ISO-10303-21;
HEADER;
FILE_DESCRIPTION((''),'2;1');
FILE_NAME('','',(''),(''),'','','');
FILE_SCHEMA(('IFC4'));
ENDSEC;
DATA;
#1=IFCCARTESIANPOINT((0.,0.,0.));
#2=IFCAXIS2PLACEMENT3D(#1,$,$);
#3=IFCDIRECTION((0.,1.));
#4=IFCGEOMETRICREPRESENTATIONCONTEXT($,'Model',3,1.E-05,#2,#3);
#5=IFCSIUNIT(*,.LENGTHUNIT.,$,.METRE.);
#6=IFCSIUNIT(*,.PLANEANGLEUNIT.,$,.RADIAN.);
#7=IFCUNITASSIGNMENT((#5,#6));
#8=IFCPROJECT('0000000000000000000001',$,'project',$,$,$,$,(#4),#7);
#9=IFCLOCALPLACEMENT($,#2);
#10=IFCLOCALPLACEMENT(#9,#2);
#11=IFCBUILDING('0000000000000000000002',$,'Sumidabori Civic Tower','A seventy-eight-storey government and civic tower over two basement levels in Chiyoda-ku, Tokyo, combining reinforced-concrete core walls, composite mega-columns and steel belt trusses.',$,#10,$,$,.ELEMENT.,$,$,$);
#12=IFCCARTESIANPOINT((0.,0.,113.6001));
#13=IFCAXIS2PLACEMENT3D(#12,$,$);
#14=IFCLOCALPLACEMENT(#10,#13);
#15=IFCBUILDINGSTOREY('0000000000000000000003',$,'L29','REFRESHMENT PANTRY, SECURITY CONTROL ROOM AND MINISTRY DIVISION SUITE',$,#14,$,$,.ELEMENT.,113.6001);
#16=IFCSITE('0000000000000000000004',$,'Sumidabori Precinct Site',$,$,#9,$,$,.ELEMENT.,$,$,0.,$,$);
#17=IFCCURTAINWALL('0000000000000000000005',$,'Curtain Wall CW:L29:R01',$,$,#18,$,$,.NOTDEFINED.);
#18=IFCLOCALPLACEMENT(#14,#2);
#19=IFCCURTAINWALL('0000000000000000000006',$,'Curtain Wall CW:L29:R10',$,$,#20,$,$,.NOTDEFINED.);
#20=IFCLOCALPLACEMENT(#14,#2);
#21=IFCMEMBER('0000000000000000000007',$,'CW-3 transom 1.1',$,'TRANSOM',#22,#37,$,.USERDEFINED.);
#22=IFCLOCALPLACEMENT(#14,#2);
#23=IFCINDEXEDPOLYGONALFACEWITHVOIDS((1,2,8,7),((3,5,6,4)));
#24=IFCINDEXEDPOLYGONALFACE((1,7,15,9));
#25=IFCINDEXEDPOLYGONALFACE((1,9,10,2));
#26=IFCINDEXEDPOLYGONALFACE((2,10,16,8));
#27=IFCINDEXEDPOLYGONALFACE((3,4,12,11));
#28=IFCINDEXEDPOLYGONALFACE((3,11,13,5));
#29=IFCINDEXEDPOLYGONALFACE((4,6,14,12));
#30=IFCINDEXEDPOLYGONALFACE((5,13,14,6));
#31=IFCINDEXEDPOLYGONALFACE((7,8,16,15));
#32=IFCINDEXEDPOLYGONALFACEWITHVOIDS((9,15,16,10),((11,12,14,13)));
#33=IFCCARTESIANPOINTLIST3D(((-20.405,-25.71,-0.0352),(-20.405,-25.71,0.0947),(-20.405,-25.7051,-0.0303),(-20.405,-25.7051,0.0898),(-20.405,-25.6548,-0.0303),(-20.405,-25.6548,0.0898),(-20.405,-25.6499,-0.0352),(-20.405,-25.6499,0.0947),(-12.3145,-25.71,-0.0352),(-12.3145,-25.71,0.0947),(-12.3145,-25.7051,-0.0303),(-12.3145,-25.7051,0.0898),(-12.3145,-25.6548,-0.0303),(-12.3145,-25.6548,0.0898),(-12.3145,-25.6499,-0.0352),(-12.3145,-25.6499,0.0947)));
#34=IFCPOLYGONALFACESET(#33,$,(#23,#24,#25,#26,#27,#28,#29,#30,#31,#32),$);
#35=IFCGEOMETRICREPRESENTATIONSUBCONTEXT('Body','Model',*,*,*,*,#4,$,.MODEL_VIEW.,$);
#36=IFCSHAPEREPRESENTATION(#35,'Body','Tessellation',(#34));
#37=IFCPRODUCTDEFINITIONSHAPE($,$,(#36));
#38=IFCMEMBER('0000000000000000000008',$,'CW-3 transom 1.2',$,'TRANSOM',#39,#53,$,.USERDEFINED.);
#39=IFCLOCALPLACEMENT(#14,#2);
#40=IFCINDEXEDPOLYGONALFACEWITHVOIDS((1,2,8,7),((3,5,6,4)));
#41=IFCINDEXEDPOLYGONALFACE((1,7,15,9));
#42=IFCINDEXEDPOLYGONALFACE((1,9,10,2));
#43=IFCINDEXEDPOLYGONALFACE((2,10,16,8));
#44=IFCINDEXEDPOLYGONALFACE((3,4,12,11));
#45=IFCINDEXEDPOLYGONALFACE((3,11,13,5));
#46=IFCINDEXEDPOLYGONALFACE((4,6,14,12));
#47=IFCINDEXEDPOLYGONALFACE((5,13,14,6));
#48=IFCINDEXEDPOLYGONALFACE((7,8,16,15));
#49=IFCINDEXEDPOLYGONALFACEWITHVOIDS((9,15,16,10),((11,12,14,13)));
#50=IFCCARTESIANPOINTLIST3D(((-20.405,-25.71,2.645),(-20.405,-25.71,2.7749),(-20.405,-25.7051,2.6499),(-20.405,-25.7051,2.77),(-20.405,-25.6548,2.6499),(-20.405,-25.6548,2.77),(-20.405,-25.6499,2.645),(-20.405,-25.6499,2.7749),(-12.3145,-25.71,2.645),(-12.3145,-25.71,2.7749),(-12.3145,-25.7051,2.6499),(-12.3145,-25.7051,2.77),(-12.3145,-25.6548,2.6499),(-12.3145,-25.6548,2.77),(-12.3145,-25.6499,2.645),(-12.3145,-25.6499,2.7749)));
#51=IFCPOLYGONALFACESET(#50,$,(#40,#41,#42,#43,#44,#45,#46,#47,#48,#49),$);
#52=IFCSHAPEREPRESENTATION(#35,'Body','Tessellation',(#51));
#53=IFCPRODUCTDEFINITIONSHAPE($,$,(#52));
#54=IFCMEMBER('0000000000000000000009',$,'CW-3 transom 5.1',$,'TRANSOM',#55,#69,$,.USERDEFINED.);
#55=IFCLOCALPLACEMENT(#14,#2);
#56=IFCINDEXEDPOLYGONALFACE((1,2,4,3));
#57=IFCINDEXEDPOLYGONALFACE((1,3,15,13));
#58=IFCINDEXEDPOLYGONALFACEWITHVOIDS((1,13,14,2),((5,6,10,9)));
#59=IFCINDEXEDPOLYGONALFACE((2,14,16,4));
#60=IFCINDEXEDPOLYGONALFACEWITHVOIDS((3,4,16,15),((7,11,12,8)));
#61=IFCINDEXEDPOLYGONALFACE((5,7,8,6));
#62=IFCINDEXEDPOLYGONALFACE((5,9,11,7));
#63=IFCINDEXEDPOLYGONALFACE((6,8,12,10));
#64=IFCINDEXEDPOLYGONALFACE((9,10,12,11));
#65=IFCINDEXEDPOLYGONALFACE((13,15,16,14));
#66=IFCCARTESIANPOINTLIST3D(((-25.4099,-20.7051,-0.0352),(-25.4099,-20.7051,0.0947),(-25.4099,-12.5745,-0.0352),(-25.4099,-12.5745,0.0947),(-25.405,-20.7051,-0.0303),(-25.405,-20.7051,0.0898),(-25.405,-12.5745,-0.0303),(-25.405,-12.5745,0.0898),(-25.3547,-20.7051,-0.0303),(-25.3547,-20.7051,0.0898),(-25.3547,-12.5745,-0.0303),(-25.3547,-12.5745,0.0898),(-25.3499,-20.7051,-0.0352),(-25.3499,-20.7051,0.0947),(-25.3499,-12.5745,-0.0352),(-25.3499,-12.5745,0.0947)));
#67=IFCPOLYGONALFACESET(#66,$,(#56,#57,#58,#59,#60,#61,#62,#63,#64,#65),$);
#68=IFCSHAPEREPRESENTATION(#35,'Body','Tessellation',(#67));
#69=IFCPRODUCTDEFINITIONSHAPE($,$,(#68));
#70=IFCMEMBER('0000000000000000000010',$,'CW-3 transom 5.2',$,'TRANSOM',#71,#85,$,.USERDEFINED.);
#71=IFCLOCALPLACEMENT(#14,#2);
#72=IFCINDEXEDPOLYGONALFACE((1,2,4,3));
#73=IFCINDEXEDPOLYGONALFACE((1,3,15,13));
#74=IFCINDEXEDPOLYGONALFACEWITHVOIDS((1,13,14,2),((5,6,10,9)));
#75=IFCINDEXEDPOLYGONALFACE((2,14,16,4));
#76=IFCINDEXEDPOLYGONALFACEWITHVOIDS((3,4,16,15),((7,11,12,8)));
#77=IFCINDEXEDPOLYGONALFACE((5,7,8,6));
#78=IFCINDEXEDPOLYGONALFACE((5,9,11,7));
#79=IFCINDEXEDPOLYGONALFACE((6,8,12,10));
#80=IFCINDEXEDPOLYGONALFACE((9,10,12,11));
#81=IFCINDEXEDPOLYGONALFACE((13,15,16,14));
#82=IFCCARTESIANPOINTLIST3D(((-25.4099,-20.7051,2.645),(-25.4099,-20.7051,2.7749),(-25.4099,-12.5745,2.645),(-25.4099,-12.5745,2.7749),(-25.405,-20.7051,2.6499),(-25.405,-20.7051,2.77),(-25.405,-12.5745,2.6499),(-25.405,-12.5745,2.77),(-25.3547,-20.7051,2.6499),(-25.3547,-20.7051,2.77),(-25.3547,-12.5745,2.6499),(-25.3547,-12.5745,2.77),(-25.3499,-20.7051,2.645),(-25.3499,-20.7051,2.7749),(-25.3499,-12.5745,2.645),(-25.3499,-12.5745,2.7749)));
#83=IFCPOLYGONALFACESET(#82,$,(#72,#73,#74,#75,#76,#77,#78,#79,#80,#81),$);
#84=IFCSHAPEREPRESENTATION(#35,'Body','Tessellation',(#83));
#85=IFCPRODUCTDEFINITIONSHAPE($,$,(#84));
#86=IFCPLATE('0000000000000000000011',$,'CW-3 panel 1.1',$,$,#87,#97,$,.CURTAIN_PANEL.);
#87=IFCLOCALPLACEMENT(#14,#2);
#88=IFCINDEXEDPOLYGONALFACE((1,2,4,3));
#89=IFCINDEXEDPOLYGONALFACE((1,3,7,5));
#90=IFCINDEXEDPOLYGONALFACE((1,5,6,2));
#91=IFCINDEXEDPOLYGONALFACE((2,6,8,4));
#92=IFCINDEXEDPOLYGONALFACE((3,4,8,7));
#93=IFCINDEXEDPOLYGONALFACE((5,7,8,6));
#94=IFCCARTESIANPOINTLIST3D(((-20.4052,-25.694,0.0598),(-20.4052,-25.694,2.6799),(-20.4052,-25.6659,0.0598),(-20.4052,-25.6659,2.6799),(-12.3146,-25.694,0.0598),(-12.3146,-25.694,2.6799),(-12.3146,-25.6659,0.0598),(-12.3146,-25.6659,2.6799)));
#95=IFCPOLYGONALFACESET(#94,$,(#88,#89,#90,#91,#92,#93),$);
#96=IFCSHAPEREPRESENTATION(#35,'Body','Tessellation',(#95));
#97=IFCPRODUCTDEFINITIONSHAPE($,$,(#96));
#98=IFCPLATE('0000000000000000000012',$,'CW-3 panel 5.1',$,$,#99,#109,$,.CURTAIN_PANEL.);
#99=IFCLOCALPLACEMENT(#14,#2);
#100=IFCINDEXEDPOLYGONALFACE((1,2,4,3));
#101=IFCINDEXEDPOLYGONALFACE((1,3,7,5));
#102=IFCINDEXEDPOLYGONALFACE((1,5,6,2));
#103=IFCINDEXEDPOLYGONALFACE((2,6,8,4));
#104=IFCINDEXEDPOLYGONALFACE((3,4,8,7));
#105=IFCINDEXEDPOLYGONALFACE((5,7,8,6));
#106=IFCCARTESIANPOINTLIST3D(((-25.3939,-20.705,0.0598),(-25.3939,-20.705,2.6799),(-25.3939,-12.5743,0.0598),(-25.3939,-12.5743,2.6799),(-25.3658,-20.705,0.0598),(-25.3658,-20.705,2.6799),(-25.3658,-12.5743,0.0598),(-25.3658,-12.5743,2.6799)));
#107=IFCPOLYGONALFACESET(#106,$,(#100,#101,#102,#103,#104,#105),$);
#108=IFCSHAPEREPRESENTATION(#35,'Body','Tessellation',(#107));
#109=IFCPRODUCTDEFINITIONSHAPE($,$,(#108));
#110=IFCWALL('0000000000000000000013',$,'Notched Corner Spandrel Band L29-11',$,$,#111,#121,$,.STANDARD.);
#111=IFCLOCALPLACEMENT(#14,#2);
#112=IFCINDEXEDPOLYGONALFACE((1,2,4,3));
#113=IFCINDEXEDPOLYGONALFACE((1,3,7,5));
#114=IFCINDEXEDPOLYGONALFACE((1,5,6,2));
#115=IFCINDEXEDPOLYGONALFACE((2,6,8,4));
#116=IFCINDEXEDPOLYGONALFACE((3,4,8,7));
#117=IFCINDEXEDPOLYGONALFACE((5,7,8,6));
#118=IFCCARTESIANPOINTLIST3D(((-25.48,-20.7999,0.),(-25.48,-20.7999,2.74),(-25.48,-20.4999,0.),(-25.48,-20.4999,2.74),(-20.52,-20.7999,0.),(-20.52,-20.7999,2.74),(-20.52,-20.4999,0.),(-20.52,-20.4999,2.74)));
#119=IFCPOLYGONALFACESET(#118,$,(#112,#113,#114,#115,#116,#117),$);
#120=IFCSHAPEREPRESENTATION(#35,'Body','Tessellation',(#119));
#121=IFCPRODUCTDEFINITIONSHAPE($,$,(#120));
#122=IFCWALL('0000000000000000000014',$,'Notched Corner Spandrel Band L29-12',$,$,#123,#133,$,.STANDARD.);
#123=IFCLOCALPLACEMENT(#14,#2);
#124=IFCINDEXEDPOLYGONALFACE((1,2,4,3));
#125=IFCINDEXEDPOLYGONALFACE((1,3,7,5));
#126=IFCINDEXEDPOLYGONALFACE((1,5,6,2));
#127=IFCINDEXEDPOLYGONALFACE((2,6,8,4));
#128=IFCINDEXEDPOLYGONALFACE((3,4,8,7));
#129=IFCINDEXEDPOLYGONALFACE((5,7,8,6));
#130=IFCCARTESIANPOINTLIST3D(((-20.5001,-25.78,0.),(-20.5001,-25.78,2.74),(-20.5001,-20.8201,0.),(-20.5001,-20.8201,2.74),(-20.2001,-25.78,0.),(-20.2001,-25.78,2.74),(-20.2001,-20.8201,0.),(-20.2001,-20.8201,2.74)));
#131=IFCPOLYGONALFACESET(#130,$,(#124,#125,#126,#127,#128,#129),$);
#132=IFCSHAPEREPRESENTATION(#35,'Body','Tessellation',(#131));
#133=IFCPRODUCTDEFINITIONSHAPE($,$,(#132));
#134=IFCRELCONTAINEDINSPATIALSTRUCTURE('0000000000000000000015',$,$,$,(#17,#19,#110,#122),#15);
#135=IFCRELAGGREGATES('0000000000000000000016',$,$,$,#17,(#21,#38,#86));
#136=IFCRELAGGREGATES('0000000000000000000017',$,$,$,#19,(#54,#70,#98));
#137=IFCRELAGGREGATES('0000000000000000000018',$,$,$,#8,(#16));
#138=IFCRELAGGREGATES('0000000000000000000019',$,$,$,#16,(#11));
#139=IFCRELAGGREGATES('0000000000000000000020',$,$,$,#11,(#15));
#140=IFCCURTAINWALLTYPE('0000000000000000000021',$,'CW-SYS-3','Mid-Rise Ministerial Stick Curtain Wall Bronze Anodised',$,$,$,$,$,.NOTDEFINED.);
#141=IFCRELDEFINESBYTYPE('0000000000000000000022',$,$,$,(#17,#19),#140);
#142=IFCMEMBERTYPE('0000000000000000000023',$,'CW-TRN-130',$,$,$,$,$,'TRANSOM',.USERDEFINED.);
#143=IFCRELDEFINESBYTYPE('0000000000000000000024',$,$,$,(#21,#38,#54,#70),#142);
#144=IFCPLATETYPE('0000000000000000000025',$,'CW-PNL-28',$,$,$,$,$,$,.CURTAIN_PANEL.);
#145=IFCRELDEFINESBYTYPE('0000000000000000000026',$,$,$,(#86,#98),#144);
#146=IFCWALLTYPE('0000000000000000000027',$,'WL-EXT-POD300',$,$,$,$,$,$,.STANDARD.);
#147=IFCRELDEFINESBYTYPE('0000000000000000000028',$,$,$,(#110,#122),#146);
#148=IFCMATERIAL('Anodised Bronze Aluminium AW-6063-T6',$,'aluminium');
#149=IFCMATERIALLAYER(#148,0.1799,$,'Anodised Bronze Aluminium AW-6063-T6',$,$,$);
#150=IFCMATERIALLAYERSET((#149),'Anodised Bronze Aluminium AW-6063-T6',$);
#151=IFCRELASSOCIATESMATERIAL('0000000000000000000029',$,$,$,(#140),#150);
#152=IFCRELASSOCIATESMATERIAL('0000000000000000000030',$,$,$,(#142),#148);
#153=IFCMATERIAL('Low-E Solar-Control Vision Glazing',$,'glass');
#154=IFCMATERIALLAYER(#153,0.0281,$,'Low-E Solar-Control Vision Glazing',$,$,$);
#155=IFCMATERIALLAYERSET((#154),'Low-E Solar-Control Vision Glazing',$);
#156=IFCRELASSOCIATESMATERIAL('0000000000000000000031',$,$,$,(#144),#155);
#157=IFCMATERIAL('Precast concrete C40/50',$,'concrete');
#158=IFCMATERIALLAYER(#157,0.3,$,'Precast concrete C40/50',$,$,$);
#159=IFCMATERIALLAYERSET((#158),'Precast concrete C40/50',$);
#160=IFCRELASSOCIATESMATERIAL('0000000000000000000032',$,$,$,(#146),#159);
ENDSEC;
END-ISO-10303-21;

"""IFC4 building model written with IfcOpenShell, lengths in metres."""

from ifc_helpers import new_model, si_unit, direction, frame, frame_2d, origin, origin_2d, place, context, subcontext, project, spatial, rectangle, hollow_rectangle, extrude, source, transform, mapped, material, layer, layer_set, material_profile, profile_set, type_object, element, aggregate, save


model = new_model("IFC4")

# Units and contexts
model_context = context("Model", 3, precision=1e-05, world=origin(), true_north=direction((0.0, 1.0)))
body_context = subcontext(model_context, "Body", "Model", "MODEL_VIEW")
ifc_project = project(units=[si_unit("LENGTHUNIT", "METRE"), si_unit("PLANEANGLEUNIT", "RADIAN")], contexts=[model_context])

# Site, building, storey
site_placement = place(None, origin())
site = spatial("IfcSite", under=ifc_project, at=site_placement, Name="Sumidabori Precinct Site", CompositionType="ELEMENT", RefElevation=0.0)
building_placement = place(site_placement, origin())
building = spatial("IfcBuilding", under=site, at=building_placement, Name="Sumidabori Civic Tower", Description="A seventy-eight-storey government and civic tower over two basement levels in Chiyoda-ku, Tokyo, combining reinforced-concrete core walls, composite mega-columns and steel belt trusses.", CompositionType="ELEMENT")
storey_placement = place(building_placement, frame((0.0, 0.0, 113.6001)))
storey = spatial("IfcBuildingStorey", under=building, at=storey_placement, Name="L29", Description="REFRESHMENT PANTRY, SECURITY CONTROL ROOM AND MINISTRY DIVISION SUITE", CompositionType="ELEMENT", Elevation=113.6001)

# Curtain walls
ifc_material_1 = material(Name="Anodised Bronze Aluminium AW-6063-T6", Category="aluminium")
ifc_layer_1 = layer(ifc_material_1, 0.1799, Name="Anodised Bronze Aluminium AW-6063-T6")
ifc_layer_set_1 = layer_set([ifc_layer_1], Name="Anodised Bronze Aluminium AW-6063-T6")
curtain_wall_type = type_object("IfcCurtainWallType", Name="CW-SYS-3", Description="Mid-Rise Ministerial Stick Curtain Wall Bronze Anodised", PredefinedType="NOTDEFINED", material=ifc_layer_set_1)
curtain_wall_1_placement = place(storey_placement, origin())
curtain_wall_1 = element("IfcCurtainWall", 1, at=curtain_wall_1_placement, inside=storey, type_object=curtain_wall_type, Name="Curtain Wall CW:L29:R01", PredefinedType="NOTDEFINED")
curtain_wall_2_placement = place(storey_placement, origin())
curtain_wall_2 = element("IfcCurtainWall", 2, at=curtain_wall_2_placement, inside=storey, type_object=curtain_wall_type, Name="Curtain Wall CW:L29:R10", PredefinedType="NOTDEFINED")

# Members
ifc_material_profile_1 = material_profile(ifc_material_1, hollow_rectangle(XDim=0.0601, YDim=0.1299, WallThickness=0.0049, at=origin_2d()), Name="ALU TRANSOM 130x60")
ifc_profile_set_1 = profile_set([ifc_material_profile_1], Name="Anodised Bronze Aluminium AW-6063-T6")
member_type_1 = type_object("IfcMemberType", Name="CW-TRN-130", ElementType="TRANSOM", PredefinedType="USERDEFINED", material=ifc_profile_set_1)
shared_shape_1 = source(origin(), body_context, "Body", "SweptSolid", [
    extrude(hollow_rectangle(XDim=0.0601, YDim=0.1299, WallThickness=0.0049, at=origin_2d()), origin(), (0.0, 0.0, 1.0), 8.0906),
])
member_1_placement = place(storey_placement, frame((-20.405, -25.6799, 0.0298), z_axis=(1.0, 0.0, 0.0), x_axis=(0.0, 1.0, 0.0)))
member_1 = element("IfcMember", 3, at=member_1_placement, type_object=member_type_1, Name="CW-3 transom 1.1", ObjectType="TRANSOM", PredefinedType="USERDEFINED", context=body_context, shape_type="MappedRepresentation", body=[
    mapped(shared_shape_1, transform((0.0, 0.0, 0.0), x_axis=(1.0, 0.0, 0.0), y_axis=(0.0, 1.0, 0.0), z_axis=(0.0, 0.0, 1.0), scale=1.0)),
])
member_2_placement = place(storey_placement, frame((-20.405, -25.6799, 2.71), z_axis=(1.0, 0.0, 0.0), x_axis=(0.0, 1.0, 0.0)))
member_2 = element("IfcMember", 4, at=member_2_placement, type_object=member_type_1, Name="CW-3 transom 1.2", ObjectType="TRANSOM", PredefinedType="USERDEFINED", context=body_context, shape_type="MappedRepresentation", body=[
    mapped(shared_shape_1, transform((0.0, 0.0, 0.0), x_axis=(1.0, 0.0, 0.0), y_axis=(0.0, 1.0, 0.0), z_axis=(0.0, 0.0, 1.0), scale=1.0)),
])
shared_shape_2 = source(origin(), body_context, "Body", "SweptSolid", [
    extrude(hollow_rectangle(XDim=0.0601, YDim=0.1299, WallThickness=0.0049, at=origin_2d()), origin(), (0.0, 0.0, 1.0), 8.1306),
])
member_3_placement = place(storey_placement, frame((-25.3799, -12.5745, 0.0298), z_axis=(0.0, -1.0, 0.0), x_axis=(1.0, 0.0, 0.0)))
member_3 = element("IfcMember", 5, at=member_3_placement, type_object=member_type_1, Name="CW-3 transom 5.1", ObjectType="TRANSOM", PredefinedType="USERDEFINED", context=body_context, shape_type="MappedRepresentation", body=[
    mapped(shared_shape_2, transform((0.0, 0.0, 0.0), x_axis=(1.0, 0.0, 0.0), y_axis=(0.0, 1.0, 0.0), z_axis=(0.0, 0.0, 1.0), scale=1.0)),
])
member_4_placement = place(storey_placement, frame((-25.3799, -12.5745, 2.71), z_axis=(0.0, -1.0, 0.0), x_axis=(1.0, 0.0, 0.0)))
member_4 = element("IfcMember", 6, at=member_4_placement, type_object=member_type_1, Name="CW-3 transom 5.2", ObjectType="TRANSOM", PredefinedType="USERDEFINED", context=body_context, shape_type="MappedRepresentation", body=[
    mapped(shared_shape_2, transform((0.0, 0.0, 0.0), x_axis=(1.0, 0.0, 0.0), y_axis=(0.0, 1.0, 0.0), z_axis=(0.0, 0.0, 1.0), scale=1.0)),
])

# Plates
ifc_material_2 = material(Name="Low-E Solar-Control Vision Glazing", Category="glass")
ifc_layer_2 = layer(ifc_material_2, 0.0281, Name="Low-E Solar-Control Vision Glazing")
ifc_layer_set_2 = layer_set([ifc_layer_2], Name="Low-E Solar-Control Vision Glazing")
plate_type = type_object("IfcPlateType", Name="CW-PNL-28", PredefinedType="CURTAIN_PANEL", material=ifc_layer_set_2)
shared_shape_3 = source(origin(), body_context, "Body", "SweptSolid", [
    extrude(rectangle(XDim=8.0906, YDim=0.0281, at=origin_2d()), origin(), (0.0, 0.0, 1.0), 2.6201),
])
plate_1_placement = place(storey_placement, frame((-16.3599, -25.6799, 0.0598), z_axis=(0.0, 0.0, 1.0), x_axis=(1.0, 0.0, 0.0)))
plate_1 = element("IfcPlate", 7, at=plate_1_placement, type_object=plate_type, Name="CW-3 panel 1.1", PredefinedType="CURTAIN_PANEL", context=body_context, shape_type="MappedRepresentation", body=[
    mapped(shared_shape_3, transform((0.0, 0.0, 0.0), x_axis=(1.0, 0.0, 0.0), y_axis=(0.0, 1.0, 0.0), z_axis=(0.0, 0.0, 1.0), scale=1.0)),
])
aggregate(curtain_wall_1, [member_1, member_2, plate_1])
shared_shape_4 = source(origin(), body_context, "Body", "SweptSolid", [
    extrude(rectangle(XDim=8.1306, YDim=0.0281, at=origin_2d()), origin(), (0.0, 0.0, 1.0), 2.6201),
])
plate_2_placement = place(storey_placement, frame((-25.3799, -16.6396, 0.0598), z_axis=(0.0, 0.0, 1.0), x_axis=(0.0, -1.0, 0.0)))
plate_2 = element("IfcPlate", 8, at=plate_2_placement, type_object=plate_type, Name="CW-3 panel 5.1", PredefinedType="CURTAIN_PANEL", context=body_context, shape_type="MappedRepresentation", body=[
    mapped(shared_shape_4, transform((0.0, 0.0, 0.0), x_axis=(1.0, 0.0, 0.0), y_axis=(0.0, 1.0, 0.0), z_axis=(0.0, 0.0, 1.0), scale=1.0)),
])
aggregate(curtain_wall_2, [member_3, member_4, plate_2])

# Walls
ifc_material_3 = material(Name="Precast concrete C40/50", Category="concrete")
ifc_layer_3 = layer(ifc_material_3, 0.3, Name="Precast concrete C40/50")
ifc_layer_set_3 = layer_set([ifc_layer_3], Name="Precast concrete C40/50")
wall_type_1 = type_object("IfcWallType", Name="WL-EXT-POD300", PredefinedType="STANDARD", material=ifc_layer_set_3)
shared_shape_5 = source(origin(), body_context, "Body", "SweptSolid", [
    extrude(rectangle(XDim=4.96, YDim=0.3, at=frame_2d((2.48, 0.0))), origin(), (0.0, 0.0, 1.0), 2.74),
])
for number, where, z_axis, x_axis, name in (
    (9, (-25.48, -20.6499, 0.0), (0.0, 0.0, 1.0), (1.0, 0.0, 0.0), "Notched Corner Spandrel Band L29-11"),
    (10, (-20.3501, -20.8201, 0.0), (0.0, 0.0, 1.0), (0.0, -1.0, 0.0), "Notched Corner Spandrel Band L29-12"),
):
    element("IfcWall", number, at=place(storey_placement, frame(where, z_axis=z_axis, x_axis=x_axis)), inside=storey, type_object=wall_type_1, Name=name, PredefinedType="STANDARD", context=body_context, shape_type="MappedRepresentation", body=[
        mapped(shared_shape_5, transform((0.0, 0.0, 0.0), x_axis=(1.0, 0.0, 0.0), y_axis=(0.0, 1.0, 0.0), z_axis=(0.0, 0.0, 1.0), scale=1.0)),
    ])

save(model, "model.ifc")
